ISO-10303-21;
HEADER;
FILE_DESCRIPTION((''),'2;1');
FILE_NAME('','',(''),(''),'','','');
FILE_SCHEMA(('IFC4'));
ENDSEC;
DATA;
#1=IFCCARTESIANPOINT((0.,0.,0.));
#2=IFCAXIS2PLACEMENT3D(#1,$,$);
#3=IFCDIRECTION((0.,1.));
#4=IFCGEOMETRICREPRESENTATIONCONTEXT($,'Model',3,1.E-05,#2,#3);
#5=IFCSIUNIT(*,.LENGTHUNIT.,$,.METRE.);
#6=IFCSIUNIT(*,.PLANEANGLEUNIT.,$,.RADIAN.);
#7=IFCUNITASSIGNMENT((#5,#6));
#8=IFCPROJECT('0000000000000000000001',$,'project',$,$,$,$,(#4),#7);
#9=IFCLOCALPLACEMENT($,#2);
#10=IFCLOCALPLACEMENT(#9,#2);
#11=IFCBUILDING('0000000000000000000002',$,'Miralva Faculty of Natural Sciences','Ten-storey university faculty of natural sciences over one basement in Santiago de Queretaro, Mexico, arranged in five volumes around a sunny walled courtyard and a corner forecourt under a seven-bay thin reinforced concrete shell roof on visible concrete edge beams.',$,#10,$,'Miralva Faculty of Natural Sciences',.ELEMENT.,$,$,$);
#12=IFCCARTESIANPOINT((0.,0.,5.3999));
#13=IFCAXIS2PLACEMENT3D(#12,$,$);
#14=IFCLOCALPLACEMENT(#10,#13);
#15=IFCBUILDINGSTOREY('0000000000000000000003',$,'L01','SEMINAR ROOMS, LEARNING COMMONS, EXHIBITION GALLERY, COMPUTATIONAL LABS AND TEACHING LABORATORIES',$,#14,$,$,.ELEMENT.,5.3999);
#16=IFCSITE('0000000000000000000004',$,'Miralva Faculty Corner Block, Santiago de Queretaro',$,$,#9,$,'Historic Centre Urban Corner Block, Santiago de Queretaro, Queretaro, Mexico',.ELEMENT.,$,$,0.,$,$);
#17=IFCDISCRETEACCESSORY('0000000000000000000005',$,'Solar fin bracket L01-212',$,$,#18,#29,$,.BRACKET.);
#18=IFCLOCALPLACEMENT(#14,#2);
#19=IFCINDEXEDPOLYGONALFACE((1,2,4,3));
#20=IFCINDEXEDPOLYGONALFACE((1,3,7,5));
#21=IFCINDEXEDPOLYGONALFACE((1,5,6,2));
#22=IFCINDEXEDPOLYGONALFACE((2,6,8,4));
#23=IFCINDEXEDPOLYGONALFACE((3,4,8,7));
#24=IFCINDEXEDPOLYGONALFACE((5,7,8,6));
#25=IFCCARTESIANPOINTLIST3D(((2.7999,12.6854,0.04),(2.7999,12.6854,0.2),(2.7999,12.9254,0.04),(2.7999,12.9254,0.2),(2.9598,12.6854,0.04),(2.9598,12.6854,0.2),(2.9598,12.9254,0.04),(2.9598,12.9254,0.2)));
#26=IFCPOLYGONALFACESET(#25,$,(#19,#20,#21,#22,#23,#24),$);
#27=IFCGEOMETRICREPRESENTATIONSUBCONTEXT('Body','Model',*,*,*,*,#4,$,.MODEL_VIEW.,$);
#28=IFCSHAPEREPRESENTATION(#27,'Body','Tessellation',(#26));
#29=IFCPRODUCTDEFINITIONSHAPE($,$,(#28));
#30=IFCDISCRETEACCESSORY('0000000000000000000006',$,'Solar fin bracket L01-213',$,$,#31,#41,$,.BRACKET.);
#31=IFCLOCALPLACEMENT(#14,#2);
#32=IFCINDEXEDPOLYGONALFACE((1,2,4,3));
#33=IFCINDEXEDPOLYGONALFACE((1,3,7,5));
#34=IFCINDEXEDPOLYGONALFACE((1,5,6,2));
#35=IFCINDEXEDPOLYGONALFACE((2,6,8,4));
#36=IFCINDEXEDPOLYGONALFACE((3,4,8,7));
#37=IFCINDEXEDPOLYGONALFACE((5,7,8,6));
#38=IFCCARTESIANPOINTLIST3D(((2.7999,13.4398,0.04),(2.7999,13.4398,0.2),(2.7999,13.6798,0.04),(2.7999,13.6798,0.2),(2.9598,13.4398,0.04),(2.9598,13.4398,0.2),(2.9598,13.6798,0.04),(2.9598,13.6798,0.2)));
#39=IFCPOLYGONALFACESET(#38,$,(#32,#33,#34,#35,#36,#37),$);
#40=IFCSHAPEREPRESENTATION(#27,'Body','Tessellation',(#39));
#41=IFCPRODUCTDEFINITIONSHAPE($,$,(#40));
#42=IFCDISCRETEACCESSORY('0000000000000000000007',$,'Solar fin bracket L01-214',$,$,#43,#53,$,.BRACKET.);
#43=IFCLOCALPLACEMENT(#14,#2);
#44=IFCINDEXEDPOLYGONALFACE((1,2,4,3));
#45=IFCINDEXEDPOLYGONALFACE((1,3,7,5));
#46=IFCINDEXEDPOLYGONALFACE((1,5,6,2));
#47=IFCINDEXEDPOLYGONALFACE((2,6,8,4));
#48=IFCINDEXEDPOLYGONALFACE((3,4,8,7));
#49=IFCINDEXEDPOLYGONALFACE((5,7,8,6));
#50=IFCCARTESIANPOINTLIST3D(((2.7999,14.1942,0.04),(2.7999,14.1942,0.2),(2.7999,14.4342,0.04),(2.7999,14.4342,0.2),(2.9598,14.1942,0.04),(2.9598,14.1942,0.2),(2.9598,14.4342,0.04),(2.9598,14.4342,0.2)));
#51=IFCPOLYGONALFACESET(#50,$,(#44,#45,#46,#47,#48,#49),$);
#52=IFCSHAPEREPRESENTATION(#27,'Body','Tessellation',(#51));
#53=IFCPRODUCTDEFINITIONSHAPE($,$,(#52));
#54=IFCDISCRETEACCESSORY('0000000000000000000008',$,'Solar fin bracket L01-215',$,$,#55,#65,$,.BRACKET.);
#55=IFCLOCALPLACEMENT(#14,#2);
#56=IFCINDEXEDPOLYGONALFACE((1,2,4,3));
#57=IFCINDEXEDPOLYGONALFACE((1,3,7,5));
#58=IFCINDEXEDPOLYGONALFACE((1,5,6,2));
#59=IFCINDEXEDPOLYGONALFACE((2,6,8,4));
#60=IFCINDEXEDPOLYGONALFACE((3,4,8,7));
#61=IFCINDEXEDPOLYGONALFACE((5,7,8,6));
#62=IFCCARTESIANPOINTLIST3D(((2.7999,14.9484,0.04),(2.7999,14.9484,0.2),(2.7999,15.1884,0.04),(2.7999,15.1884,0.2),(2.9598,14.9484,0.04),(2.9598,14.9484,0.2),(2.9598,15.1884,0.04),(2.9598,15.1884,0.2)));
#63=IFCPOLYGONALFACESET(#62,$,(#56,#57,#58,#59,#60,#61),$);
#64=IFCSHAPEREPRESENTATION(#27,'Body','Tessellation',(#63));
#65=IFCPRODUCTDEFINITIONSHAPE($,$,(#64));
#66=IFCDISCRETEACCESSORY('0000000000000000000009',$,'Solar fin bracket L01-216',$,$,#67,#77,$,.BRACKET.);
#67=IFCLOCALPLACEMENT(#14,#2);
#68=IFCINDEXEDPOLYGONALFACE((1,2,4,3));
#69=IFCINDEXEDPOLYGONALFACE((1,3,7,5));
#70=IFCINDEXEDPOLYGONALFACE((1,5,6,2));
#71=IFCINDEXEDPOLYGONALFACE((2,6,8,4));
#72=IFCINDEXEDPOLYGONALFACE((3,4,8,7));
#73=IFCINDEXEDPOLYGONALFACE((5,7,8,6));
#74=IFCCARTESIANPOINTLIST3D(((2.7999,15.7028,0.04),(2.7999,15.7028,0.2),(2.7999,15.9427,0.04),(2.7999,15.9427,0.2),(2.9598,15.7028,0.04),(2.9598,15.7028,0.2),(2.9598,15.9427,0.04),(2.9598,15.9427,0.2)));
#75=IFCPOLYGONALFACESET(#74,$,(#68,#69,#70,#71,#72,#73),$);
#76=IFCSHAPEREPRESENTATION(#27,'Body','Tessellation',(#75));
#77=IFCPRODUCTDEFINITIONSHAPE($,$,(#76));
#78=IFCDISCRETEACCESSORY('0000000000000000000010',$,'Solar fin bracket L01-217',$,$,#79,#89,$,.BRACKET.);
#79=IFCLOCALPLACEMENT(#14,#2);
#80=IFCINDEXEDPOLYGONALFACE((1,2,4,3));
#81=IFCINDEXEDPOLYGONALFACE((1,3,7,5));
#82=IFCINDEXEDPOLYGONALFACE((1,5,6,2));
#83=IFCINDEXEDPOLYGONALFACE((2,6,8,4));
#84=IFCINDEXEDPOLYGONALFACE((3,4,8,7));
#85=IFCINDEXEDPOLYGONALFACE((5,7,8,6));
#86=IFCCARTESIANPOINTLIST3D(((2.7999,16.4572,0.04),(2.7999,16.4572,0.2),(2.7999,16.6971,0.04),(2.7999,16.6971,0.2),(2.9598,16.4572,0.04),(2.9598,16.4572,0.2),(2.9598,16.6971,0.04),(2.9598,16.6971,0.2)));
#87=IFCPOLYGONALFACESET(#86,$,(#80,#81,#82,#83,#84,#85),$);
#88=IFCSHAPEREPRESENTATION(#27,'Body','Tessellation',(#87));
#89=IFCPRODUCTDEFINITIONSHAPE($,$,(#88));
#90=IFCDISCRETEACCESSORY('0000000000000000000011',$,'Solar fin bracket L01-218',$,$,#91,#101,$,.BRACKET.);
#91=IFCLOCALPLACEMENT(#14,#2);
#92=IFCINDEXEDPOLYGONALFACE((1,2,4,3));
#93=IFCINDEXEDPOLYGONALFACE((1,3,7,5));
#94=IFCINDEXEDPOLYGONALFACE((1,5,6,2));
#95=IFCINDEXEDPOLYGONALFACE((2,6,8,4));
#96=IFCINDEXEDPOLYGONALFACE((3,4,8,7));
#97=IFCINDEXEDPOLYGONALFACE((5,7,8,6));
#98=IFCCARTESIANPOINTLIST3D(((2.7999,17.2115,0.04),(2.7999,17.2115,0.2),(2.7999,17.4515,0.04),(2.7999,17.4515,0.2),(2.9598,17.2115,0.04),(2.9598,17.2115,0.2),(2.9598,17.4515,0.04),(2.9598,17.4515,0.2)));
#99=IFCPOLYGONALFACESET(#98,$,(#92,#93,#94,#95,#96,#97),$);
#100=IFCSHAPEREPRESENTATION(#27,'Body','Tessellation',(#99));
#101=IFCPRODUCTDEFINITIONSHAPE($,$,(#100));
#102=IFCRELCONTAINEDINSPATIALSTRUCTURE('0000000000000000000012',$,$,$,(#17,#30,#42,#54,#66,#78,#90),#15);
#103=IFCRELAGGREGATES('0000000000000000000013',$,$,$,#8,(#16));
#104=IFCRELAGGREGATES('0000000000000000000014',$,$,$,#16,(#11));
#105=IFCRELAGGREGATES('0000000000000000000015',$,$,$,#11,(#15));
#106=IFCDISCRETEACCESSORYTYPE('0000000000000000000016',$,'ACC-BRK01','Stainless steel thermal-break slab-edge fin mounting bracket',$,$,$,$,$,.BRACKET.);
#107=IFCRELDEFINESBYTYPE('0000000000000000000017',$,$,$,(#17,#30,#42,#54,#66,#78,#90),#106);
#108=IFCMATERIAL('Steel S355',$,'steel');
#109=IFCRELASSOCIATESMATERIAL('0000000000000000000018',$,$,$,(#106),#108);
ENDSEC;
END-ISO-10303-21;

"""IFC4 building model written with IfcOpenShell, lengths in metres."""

from ifc_helpers import new_model, si_unit, direction, frame, origin, origin_2d, place, context, subcontext, project, spatial, rectangle, extrude, material, type_object, element, save


model = new_model("IFC4")

# Units and contexts
model_context = context("Model", 3, precision=1e-05, world=origin(), true_north=direction((0.0, 1.0)))
body_context = subcontext(model_context, "Body", "Model", "MODEL_VIEW")
ifc_project = project(units=[si_unit("LENGTHUNIT", "METRE"), si_unit("PLANEANGLEUNIT", "RADIAN")], contexts=[model_context])

# Site, building, storey
site_placement = place(None, origin())
site = spatial("IfcSite", under=ifc_project, at=site_placement, Name="Miralva Faculty Corner Block, Santiago de Queretaro", LongName="Historic Centre Urban Corner Block, Santiago de Queretaro, Queretaro, Mexico", CompositionType="ELEMENT", RefElevation=0.0)
building_placement = place(site_placement, origin())
building = spatial("IfcBuilding", under=site, at=building_placement, Name="Miralva Faculty of Natural Sciences", Description="Ten-storey university faculty of natural sciences over one basement in Santiago de Queretaro, Mexico, arranged in five volumes around a sunny walled courtyard and a corner forecourt under a seven-bay thin reinforced concrete shell roof on visible concrete edge beams.", LongName="Miralva Faculty of Natural Sciences", CompositionType="ELEMENT")
storey_placement = place(building_placement, frame((0.0, 0.0, 5.3999)))
storey = spatial("IfcBuildingStorey", under=building, at=storey_placement, Name="L01", Description="SEMINAR ROOMS, LEARNING COMMONS, EXHIBITION GALLERY, COMPUTATIONAL LABS AND TEACHING LABORATORIES", CompositionType="ELEMENT", Elevation=5.3999)

# Discrete accessories
ifc_material_1 = material(Name="Steel S355", Category="steel")
discrete_accessory_type = type_object("IfcDiscreteAccessoryType", Name="ACC-BRK01", Description="Stainless steel thermal-break slab-edge fin mounting bracket", PredefinedType="BRACKET", material=ifc_material_1)
for number, where, z_axis, x_axis, name in (
    (1, (2.8799, 12.8054, 0.04), (0.0, 0.0, 1.0), (-1.0, 0.0, 0.0), "Solar fin bracket L01-212"),
    (2, (2.8799, 13.5598, 0.04), (0.0, 0.0, 1.0), (-1.0, 0.0, 0.0), "Solar fin bracket L01-213"),
    (3, (2.8799, 14.3142, 0.04), (0.0, 0.0, 1.0), (-1.0, 0.0, 0.0), "Solar fin bracket L01-214"),
    (4, (2.8799, 15.0684, 0.04), (0.0, 0.0, 1.0), (-1.0, 0.0, 0.0), "Solar fin bracket L01-215"),
    (5, (2.8799, 15.8228, 0.04), (0.0, 0.0, 1.0), (-1.0, 0.0, 0.0), "Solar fin bracket L01-216"),
    (6, (2.8799, 16.5771, 0.04), (0.0, 0.0, 1.0), (-1.0, 0.0, 0.0), "Solar fin bracket L01-217"),
    (7, (2.8799, 17.3315, 0.04), (0.0, 0.0, 1.0), (-1.0, 0.0, 0.0), "Solar fin bracket L01-218"),
):
    element("IfcDiscreteAccessory", number, at=place(storey_placement, frame(where, z_axis=z_axis, x_axis=x_axis)), inside=storey, type_object=discrete_accessory_type, Name=name, PredefinedType="BRACKET", context=body_context, shape_type="SweptSolid", body=[
        extrude(rectangle(XDim=0.1599, YDim=0.24, at=origin_2d()), origin(), (0.0, 0.0, 1.0), 0.1599),
    ])

save(model, "model.ifc")
